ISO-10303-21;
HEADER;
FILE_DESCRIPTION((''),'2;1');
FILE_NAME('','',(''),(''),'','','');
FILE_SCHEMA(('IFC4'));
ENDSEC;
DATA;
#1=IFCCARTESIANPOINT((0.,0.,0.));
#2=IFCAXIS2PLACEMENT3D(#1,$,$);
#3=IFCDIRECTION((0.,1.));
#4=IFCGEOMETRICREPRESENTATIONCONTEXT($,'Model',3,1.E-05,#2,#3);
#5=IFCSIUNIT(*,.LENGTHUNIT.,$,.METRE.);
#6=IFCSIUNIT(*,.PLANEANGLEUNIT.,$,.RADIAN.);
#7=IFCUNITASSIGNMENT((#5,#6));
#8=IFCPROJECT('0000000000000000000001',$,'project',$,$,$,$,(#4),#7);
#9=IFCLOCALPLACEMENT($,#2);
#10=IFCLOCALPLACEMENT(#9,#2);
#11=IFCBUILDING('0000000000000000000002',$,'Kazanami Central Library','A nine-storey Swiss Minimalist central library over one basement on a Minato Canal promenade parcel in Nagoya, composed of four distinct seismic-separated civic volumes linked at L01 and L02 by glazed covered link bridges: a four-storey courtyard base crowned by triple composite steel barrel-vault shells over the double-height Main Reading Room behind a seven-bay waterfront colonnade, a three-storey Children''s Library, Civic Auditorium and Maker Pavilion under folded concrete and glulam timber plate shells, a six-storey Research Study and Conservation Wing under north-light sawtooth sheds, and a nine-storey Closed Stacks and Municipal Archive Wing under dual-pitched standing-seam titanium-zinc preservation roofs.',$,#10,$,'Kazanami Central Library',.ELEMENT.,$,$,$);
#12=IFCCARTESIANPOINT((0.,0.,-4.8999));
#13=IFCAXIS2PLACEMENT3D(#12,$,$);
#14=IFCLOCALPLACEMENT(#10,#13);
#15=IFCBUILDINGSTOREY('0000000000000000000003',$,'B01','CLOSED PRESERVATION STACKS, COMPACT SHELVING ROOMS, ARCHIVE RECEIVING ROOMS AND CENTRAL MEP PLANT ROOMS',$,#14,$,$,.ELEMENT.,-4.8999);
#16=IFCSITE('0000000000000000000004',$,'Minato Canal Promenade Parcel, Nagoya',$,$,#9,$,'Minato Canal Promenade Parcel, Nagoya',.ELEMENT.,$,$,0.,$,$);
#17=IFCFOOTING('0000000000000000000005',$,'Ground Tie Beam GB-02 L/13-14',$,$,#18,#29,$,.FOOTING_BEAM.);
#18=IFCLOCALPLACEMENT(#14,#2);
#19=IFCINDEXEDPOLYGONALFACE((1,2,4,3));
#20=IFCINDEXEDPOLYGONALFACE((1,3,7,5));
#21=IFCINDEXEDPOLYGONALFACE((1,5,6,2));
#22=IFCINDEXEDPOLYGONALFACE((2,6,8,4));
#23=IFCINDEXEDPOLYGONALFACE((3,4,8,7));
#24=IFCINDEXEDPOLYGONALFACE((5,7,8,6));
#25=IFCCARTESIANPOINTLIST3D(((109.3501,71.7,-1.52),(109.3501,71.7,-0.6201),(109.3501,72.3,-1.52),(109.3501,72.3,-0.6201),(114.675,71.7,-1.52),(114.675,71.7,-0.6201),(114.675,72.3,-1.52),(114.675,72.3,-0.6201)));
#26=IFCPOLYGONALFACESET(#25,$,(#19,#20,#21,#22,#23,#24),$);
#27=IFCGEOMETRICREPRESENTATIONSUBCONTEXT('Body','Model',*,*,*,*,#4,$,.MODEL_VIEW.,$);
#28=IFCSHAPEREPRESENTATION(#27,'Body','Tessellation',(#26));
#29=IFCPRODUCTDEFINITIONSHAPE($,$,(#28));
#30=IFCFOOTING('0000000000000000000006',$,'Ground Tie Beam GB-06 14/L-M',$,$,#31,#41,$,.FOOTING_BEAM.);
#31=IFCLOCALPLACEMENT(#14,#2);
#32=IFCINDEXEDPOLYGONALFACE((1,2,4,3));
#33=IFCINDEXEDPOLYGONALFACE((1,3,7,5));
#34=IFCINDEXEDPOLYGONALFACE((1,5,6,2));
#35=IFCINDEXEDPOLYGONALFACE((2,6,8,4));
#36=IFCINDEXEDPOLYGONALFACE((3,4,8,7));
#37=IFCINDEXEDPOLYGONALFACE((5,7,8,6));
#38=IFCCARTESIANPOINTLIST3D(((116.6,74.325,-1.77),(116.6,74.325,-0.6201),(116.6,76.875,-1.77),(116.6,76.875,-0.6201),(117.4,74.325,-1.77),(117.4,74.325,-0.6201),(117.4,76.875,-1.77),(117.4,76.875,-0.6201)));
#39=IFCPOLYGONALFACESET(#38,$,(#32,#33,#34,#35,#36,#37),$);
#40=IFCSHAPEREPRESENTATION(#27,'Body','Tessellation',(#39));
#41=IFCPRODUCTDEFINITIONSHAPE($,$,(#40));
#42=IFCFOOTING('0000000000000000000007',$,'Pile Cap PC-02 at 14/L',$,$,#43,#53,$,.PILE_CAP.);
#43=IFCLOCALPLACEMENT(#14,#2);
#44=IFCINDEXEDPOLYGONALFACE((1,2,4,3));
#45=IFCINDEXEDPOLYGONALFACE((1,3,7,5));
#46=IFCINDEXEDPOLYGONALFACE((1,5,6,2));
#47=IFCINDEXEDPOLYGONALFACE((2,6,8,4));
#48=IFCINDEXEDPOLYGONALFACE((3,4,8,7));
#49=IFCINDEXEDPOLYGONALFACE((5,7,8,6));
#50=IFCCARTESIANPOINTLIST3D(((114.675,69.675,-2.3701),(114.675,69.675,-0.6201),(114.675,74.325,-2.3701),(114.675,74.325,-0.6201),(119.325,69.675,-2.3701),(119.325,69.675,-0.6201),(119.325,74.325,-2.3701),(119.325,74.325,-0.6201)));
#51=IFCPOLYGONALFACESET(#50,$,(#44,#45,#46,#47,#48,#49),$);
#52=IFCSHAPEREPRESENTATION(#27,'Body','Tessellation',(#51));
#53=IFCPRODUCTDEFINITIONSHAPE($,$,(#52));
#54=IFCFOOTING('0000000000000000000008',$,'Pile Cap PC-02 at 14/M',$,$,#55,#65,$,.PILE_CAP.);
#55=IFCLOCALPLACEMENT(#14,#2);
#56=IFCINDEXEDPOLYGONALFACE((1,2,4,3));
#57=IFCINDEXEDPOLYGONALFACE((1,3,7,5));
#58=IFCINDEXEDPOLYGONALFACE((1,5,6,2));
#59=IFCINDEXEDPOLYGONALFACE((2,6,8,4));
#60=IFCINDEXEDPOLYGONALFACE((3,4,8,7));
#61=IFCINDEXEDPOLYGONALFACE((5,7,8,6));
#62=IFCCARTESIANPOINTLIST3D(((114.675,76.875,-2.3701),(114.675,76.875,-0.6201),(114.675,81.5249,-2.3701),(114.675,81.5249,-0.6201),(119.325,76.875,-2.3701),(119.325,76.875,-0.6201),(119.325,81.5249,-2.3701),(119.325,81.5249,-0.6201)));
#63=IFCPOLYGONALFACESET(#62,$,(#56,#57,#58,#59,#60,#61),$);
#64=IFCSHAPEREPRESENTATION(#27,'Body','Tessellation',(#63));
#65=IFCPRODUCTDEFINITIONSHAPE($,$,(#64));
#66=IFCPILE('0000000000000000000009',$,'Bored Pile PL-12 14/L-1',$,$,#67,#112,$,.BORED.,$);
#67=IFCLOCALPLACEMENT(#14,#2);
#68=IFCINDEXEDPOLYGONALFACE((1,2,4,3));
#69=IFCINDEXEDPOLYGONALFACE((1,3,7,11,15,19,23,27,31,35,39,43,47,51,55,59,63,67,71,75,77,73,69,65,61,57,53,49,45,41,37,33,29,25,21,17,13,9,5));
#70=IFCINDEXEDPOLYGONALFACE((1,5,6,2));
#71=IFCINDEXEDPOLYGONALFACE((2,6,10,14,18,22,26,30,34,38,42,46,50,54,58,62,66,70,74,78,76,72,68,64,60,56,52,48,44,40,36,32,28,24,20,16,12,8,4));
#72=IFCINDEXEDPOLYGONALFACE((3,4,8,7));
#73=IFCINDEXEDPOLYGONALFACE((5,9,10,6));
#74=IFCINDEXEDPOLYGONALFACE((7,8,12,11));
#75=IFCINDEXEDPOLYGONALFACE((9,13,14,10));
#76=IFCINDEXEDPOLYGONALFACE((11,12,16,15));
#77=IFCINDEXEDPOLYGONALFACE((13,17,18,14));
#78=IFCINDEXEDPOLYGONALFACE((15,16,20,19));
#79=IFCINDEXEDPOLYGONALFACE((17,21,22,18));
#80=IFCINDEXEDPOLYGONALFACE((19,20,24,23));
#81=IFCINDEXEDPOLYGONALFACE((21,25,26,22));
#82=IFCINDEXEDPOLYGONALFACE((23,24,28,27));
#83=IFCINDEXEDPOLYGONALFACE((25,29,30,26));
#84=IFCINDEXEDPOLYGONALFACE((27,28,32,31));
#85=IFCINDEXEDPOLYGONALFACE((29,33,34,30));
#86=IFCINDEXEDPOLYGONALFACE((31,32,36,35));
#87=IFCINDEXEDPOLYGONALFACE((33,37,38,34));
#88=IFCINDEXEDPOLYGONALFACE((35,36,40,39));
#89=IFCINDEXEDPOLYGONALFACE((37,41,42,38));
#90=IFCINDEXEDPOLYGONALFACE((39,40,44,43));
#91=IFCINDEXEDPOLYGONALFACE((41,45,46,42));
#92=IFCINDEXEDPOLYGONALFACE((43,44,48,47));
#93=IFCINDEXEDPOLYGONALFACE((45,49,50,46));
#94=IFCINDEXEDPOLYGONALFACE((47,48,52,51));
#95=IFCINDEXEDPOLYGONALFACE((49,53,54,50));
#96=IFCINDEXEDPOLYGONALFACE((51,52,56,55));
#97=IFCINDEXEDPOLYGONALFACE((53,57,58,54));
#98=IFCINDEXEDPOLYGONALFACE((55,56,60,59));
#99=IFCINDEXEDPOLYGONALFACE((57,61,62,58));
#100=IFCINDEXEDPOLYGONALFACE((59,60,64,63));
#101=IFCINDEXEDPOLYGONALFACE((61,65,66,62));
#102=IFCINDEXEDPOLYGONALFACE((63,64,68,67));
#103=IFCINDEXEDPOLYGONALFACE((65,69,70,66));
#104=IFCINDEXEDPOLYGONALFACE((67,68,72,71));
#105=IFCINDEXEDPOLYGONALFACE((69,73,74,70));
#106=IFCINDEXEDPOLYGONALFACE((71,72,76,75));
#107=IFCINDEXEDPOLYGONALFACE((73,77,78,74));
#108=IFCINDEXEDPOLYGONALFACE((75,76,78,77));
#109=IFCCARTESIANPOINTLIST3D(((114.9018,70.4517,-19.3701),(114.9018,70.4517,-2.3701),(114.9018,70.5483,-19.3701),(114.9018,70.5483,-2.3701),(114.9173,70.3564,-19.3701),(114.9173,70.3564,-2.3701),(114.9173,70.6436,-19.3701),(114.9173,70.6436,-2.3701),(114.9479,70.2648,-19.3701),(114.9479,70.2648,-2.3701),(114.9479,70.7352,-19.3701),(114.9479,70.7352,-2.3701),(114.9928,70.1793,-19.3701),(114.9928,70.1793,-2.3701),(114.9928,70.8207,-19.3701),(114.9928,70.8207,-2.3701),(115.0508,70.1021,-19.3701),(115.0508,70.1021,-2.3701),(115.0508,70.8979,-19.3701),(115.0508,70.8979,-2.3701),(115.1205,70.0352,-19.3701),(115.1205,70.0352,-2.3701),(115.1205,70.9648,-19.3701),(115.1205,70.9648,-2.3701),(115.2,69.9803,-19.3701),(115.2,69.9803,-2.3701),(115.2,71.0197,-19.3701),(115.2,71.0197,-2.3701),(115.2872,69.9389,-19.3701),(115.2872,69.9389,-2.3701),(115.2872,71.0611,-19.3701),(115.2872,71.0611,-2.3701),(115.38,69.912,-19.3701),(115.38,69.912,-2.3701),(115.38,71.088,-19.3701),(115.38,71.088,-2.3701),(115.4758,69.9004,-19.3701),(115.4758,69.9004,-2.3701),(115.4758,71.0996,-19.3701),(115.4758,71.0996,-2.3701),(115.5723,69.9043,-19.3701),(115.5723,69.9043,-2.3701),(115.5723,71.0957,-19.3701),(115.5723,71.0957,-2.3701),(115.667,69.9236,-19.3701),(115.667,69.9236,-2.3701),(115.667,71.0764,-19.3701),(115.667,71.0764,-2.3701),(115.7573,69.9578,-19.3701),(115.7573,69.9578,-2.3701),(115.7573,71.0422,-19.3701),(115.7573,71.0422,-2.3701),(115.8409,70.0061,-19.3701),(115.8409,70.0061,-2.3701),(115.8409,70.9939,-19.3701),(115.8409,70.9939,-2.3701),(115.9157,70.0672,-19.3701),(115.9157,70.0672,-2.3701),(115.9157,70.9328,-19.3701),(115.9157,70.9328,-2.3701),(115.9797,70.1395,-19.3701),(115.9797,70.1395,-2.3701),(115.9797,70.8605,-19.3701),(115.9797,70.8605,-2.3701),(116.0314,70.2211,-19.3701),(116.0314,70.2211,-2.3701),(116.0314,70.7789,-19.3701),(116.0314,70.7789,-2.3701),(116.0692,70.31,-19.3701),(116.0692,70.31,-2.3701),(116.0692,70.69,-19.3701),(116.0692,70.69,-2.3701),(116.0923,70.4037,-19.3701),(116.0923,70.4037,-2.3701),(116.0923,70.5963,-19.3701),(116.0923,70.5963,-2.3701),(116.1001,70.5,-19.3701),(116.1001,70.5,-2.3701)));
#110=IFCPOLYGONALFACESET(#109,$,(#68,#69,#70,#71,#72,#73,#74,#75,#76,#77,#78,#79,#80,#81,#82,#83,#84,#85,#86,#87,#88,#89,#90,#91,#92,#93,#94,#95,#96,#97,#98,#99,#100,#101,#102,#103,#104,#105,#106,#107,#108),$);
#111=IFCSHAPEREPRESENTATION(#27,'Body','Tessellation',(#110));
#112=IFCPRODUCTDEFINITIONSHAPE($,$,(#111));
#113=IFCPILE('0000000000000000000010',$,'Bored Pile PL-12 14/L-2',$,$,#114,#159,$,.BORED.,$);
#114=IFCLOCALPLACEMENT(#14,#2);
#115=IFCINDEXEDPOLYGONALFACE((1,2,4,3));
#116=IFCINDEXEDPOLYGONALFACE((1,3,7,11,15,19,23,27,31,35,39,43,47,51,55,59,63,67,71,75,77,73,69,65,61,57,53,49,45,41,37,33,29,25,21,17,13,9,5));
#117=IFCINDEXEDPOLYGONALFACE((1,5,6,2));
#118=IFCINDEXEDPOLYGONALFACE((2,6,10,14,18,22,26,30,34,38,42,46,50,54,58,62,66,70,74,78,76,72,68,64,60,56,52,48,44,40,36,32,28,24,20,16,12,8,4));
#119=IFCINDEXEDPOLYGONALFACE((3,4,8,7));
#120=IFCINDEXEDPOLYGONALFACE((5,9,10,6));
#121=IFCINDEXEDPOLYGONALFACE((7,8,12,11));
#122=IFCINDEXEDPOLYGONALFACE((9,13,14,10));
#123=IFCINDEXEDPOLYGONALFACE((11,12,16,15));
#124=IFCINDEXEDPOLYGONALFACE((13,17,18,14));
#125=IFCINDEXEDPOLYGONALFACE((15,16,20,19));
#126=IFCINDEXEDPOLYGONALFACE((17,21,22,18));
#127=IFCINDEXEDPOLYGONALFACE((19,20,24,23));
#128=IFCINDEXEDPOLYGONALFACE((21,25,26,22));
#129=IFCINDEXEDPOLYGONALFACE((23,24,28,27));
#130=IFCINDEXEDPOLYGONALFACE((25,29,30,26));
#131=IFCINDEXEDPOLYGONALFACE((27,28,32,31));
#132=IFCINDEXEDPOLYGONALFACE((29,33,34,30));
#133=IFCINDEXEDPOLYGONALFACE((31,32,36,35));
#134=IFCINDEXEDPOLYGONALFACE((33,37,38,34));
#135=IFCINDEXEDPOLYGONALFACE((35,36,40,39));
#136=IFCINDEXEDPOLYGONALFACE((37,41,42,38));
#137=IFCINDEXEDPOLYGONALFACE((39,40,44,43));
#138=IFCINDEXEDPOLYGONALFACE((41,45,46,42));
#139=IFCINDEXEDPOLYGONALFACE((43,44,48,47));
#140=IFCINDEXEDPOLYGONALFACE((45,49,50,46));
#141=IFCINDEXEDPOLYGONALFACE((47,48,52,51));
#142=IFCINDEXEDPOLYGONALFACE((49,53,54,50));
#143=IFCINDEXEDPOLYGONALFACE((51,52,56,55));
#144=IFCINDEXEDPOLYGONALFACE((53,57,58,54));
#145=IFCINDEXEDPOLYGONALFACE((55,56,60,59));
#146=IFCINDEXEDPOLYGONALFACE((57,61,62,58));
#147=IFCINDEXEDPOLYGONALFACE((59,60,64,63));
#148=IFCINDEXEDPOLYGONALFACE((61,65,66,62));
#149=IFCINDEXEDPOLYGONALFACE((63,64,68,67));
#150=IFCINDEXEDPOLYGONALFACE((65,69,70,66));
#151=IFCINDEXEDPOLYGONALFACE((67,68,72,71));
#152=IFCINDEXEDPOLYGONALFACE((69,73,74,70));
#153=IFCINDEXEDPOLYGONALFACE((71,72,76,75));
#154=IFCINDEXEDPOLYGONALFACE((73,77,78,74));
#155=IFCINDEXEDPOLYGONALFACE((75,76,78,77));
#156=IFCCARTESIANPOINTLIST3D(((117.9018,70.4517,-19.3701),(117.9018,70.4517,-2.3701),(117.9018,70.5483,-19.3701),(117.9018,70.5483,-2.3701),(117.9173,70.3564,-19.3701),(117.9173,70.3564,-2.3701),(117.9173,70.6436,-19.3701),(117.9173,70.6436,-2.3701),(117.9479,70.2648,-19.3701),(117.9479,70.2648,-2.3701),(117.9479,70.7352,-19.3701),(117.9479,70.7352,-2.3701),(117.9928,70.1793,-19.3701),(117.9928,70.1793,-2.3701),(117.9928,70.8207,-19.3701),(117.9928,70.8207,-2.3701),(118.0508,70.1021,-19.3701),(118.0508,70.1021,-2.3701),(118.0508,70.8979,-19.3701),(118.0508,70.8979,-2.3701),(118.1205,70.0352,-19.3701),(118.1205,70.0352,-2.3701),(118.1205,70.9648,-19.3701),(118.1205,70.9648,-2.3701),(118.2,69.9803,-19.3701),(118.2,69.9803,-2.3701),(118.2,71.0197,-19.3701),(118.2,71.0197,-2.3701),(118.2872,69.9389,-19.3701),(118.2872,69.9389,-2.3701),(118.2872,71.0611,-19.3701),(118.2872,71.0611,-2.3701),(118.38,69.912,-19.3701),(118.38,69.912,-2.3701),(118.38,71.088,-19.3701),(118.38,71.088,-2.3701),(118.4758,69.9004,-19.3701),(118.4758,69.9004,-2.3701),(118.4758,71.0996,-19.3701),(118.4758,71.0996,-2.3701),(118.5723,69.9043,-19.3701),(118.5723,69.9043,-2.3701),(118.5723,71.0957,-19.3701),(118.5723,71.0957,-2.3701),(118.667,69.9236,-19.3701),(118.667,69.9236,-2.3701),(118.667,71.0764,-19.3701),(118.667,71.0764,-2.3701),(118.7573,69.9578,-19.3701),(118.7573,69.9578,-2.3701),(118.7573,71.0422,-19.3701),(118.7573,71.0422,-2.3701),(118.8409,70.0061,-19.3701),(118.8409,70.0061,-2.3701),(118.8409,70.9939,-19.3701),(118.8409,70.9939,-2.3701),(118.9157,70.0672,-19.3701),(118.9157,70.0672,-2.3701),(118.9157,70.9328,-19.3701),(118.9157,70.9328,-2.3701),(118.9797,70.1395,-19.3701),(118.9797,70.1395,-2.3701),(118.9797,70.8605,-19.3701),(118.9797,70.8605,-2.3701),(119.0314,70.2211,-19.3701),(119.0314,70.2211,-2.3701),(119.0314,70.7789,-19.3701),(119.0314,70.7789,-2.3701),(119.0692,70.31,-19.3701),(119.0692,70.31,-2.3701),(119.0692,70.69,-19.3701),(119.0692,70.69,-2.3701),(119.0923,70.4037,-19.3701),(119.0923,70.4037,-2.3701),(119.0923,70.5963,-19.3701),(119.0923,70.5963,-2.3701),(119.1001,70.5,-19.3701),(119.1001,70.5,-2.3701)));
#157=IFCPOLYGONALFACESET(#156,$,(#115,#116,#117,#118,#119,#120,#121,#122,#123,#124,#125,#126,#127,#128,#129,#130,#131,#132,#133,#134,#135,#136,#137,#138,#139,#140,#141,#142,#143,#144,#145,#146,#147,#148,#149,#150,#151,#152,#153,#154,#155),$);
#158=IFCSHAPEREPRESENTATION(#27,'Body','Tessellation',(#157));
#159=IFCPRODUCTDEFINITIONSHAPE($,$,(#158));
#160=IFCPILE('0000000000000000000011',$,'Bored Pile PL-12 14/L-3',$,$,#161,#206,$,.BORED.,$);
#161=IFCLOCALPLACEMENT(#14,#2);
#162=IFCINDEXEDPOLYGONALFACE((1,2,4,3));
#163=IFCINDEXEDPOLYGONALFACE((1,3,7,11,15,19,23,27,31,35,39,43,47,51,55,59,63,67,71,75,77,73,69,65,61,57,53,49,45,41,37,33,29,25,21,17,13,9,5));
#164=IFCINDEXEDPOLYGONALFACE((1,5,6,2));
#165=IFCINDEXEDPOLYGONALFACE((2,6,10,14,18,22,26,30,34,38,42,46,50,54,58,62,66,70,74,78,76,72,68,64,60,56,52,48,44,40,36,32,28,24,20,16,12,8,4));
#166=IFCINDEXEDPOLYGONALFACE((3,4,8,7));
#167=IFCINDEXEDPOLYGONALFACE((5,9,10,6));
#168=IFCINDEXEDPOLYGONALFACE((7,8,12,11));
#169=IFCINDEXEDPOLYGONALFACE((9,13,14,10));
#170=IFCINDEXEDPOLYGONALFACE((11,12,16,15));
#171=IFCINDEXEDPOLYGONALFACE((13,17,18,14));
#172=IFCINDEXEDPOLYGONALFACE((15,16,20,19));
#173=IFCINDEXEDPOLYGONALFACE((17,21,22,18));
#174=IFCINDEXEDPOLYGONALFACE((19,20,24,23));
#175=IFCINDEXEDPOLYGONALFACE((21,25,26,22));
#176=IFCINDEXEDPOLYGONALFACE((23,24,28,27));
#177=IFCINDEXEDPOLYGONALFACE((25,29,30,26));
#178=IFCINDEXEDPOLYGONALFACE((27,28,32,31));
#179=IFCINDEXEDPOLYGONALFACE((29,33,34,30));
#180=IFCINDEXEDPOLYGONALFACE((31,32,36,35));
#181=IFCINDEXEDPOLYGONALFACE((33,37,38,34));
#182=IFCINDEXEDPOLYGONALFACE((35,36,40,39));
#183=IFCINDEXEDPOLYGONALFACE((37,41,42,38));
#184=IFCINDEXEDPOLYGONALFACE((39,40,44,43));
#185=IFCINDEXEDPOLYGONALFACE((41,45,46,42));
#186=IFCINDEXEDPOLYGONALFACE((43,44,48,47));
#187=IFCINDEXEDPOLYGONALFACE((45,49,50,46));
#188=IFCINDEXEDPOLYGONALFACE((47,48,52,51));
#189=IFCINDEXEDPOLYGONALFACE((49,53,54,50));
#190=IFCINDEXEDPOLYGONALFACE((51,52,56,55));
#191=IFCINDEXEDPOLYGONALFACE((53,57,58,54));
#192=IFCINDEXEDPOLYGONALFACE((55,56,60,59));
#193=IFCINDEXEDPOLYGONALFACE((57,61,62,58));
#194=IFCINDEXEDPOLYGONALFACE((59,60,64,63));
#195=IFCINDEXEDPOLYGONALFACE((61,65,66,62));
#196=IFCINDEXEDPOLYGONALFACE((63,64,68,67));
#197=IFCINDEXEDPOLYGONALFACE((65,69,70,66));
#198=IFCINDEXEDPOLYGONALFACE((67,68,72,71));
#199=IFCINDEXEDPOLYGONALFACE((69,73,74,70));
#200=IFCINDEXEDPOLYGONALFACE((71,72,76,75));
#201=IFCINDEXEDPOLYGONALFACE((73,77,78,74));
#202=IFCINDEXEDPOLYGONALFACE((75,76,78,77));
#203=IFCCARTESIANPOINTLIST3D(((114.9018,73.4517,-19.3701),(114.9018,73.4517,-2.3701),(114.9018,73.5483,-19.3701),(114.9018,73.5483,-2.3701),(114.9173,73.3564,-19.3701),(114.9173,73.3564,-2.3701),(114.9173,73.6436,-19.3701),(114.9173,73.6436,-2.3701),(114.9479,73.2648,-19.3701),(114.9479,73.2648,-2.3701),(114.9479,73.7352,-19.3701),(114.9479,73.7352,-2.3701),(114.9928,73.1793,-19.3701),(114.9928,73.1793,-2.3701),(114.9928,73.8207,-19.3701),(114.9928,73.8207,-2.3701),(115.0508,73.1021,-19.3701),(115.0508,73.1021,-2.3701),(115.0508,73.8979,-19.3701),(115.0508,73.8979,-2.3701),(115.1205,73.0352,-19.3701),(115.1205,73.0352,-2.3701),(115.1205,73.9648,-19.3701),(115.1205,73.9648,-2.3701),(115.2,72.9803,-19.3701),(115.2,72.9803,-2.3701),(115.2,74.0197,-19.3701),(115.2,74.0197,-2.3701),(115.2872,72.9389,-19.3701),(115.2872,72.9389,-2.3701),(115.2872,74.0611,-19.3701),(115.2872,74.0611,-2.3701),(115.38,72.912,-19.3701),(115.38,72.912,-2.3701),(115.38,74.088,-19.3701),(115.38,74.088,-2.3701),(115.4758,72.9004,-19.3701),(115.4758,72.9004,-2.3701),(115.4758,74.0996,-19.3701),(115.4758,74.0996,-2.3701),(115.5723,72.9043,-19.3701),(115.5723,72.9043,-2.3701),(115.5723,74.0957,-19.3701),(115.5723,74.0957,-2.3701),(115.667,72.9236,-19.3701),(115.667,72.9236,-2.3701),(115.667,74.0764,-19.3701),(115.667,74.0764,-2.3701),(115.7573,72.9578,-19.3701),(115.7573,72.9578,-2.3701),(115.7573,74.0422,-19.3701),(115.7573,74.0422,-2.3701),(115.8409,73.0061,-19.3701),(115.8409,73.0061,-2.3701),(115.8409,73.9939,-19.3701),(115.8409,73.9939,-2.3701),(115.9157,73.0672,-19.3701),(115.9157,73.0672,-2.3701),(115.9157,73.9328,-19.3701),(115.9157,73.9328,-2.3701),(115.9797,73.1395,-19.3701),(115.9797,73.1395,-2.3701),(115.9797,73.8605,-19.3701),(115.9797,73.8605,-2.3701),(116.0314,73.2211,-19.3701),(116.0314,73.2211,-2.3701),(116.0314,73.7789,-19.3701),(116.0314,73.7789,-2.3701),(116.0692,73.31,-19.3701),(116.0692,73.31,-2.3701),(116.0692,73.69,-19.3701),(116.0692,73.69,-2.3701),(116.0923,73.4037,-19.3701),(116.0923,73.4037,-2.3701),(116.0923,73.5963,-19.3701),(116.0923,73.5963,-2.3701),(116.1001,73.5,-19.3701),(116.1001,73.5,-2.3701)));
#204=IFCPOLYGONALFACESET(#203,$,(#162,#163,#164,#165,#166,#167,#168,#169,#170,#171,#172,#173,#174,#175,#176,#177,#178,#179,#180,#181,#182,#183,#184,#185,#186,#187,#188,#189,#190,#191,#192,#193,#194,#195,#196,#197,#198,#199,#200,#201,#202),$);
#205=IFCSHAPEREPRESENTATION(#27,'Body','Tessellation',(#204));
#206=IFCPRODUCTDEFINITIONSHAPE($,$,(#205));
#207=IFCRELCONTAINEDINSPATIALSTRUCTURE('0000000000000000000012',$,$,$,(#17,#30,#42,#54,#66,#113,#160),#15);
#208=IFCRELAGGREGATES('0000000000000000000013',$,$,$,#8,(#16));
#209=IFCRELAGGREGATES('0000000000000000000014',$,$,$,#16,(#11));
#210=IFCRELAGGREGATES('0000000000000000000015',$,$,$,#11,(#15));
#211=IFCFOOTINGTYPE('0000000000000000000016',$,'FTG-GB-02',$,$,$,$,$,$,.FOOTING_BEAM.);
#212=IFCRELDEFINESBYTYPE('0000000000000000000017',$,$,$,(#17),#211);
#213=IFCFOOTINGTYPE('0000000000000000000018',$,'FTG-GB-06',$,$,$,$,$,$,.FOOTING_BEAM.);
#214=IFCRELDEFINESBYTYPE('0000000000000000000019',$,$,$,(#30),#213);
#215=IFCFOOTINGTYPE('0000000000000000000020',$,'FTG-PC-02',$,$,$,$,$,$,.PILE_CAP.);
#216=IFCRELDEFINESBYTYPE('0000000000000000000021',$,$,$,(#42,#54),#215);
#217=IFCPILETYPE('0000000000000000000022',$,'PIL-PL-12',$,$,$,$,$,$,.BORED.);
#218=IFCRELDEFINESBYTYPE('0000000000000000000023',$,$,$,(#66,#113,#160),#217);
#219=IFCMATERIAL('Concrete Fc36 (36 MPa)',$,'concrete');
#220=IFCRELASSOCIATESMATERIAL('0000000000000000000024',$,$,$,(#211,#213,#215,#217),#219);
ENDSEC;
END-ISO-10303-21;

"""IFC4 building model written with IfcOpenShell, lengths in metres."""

from ifc_helpers import new_model, si_unit, direction, frame, origin, origin_2d, place, context, subcontext, project, spatial, rectangle, circle, extrude, material, material_profile, profile_set, type_object, element, save


model = new_model("IFC4")

# Units and contexts
model_context = context("Model", 3, precision=1e-05, world=origin(), true_north=direction((0.0, 1.0)))
body_context = subcontext(model_context, "Body", "Model", "MODEL_VIEW")
ifc_project = project(units=[si_unit("LENGTHUNIT", "METRE"), si_unit("PLANEANGLEUNIT", "RADIAN")], contexts=[model_context])

# Site, building, storey
site_placement = place(None, origin())
site = spatial("IfcSite", under=ifc_project, at=site_placement, Name="Minato Canal Promenade Parcel, Nagoya", LongName="Minato Canal Promenade Parcel, Nagoya", CompositionType="ELEMENT", RefElevation=0.0)
building_placement = place(site_placement, origin())
building = spatial("IfcBuilding", under=site, at=building_placement, Name="Kazanami Central Library", Description="A nine-storey Swiss Minimalist central library over one basement on a Minato Canal promenade parcel in Nagoya, composed of four distinct seismic-separated civic volumes linked at L01 and L02 by glazed covered link bridges: a four-storey courtyard base crowned by triple composite steel barrel-vault shells over the double-height Main Reading Room behind a seven-bay waterfront colonnade, a three-storey Children's Library, Civic Auditorium and Maker Pavilion under folded concrete and glulam timber plate shells, a six-storey Research Study and Conservation Wing under north-light sawtooth sheds, and a nine-storey Closed Stacks and Municipal Archive Wing under dual-pitched standing-seam titanium-zinc preservation roofs.", LongName="Kazanami Central Library", CompositionType="ELEMENT")
storey_placement = place(building_placement, frame((0.0, 0.0, -4.8999)))
storey = spatial("IfcBuildingStorey", under=building, at=storey_placement, Name="B01", Description="CLOSED PRESERVATION STACKS, COMPACT SHELVING ROOMS, ARCHIVE RECEIVING ROOMS AND CENTRAL MEP PLANT ROOMS", CompositionType="ELEMENT", Elevation=-4.8999)

# Footings
ifc_material_1 = material(Name="Concrete Fc36 (36 MPa)", Category="concrete")
ifc_material_profile_1 = material_profile(ifc_material_1, rectangle(XDim=0.6001, YDim=0.8999, at=origin_2d()), Name="RC-600x900")
ifc_profile_set_1 = profile_set([ifc_material_profile_1], Name="Concrete Fc36 (36 MPa)")
footing_type_1 = type_object("IfcFootingType", Name="FTG-GB-02", PredefinedType="FOOTING_BEAM", material=ifc_profile_set_1)
footing_1_placement = place(storey_placement, frame((109.3501, 72.0, -1.0701), z_axis=(1.0, 0.0, 0.0), x_axis=(0.0, 1.0, 0.0)))
element("IfcFooting", 1, at=footing_1_placement, inside=storey, type_object=footing_type_1, Name="Ground Tie Beam GB-02 L/13-14", PredefinedType="FOOTING_BEAM", context=body_context, shape_type="SweptSolid", body=[
    extrude(rectangle(XDim=0.6001, YDim=0.8999, at=origin_2d()), origin(), (0.0, 0.0, 1.0), 5.325),
])
ifc_material_profile_2 = material_profile(ifc_material_1, rectangle(XDim=0.8, YDim=1.1499, at=origin_2d()), Name="RC-800x1150")
ifc_profile_set_2 = profile_set([ifc_material_profile_2], Name="Concrete Fc36 (36 MPa)")
footing_type_2 = type_object("IfcFootingType", Name="FTG-GB-06", PredefinedType="FOOTING_BEAM", material=ifc_profile_set_2)
footing_2_placement = place(storey_placement, frame((117.0, 74.325, -1.1951), z_axis=(0.0, 1.0, 0.0), x_axis=(-1.0, 0.0, 0.0)))
element("IfcFooting", 2, at=footing_2_placement, inside=storey, type_object=footing_type_2, Name="Ground Tie Beam GB-06 14/L-M", PredefinedType="FOOTING_BEAM", context=body_context, shape_type="SweptSolid", body=[
    extrude(rectangle(XDim=0.8, YDim=1.1499, at=origin_2d()), origin(), (0.0, 0.0, 1.0), 2.55),
])
footing_type_3 = type_object("IfcFootingType", Name="FTG-PC-02", PredefinedType="PILE_CAP", material=ifc_material_1)
for number, where, z_axis, x_axis, name in (
    (3, (117.0, 72.0, -2.3701), (0.0, 0.0, 1.0), (1.0, 0.0, 0.0), "Pile Cap PC-02 at 14/L"),
    (4, (117.0, 79.2, -2.3701), (0.0, 0.0, 1.0), (1.0, 0.0, 0.0), "Pile Cap PC-02 at 14/M"),
):
    element("IfcFooting", number, at=place(storey_placement, frame(where, z_axis=z_axis, x_axis=x_axis)), inside=storey, type_object=footing_type_3, Name=name, PredefinedType="PILE_CAP", context=body_context, shape_type="SweptSolid", body=[
        extrude(rectangle(XDim=4.6499, YDim=4.6499, at=origin_2d()), origin(), (0.0, 0.0, 1.0), 1.75),
    ])

# Piles
ifc_material_profile_3 = material_profile(ifc_material_1, circle(Radius=0.6001, at=origin_2d()), Name="BORED-D1200")
ifc_profile_set_3 = profile_set([ifc_material_profile_3], Name="Concrete Fc36 (36 MPa)")
pile_type = type_object("IfcPileType", Name="PIL-PL-12", PredefinedType="BORED", material=ifc_profile_set_3)
for number, where, z_axis, x_axis, name in (
    (5, (115.5, 70.5, -2.3701), (0.0, 0.0, -1.0), (1.0, 0.0, 0.0), "Bored Pile PL-12 14/L-1"),
    (6, (118.5, 70.5, -2.3701), (0.0, 0.0, -1.0), (1.0, 0.0, 0.0), "Bored Pile PL-12 14/L-2"),
    (7, (115.5, 73.5, -2.3701), (0.0, 0.0, -1.0), (1.0, 0.0, 0.0), "Bored Pile PL-12 14/L-3"),
):
    element("IfcPile", number, at=place(storey_placement, frame(where, z_axis=z_axis, x_axis=x_axis)), inside=storey, type_object=pile_type, Name=name, PredefinedType="BORED", context=body_context, shape_type="SweptSolid", body=[
        extrude(circle(Radius=0.6001, at=origin_2d()), origin(), (0.0, 0.0, 1.0), 17.0),
    ])

save(model, "model.ifc")
